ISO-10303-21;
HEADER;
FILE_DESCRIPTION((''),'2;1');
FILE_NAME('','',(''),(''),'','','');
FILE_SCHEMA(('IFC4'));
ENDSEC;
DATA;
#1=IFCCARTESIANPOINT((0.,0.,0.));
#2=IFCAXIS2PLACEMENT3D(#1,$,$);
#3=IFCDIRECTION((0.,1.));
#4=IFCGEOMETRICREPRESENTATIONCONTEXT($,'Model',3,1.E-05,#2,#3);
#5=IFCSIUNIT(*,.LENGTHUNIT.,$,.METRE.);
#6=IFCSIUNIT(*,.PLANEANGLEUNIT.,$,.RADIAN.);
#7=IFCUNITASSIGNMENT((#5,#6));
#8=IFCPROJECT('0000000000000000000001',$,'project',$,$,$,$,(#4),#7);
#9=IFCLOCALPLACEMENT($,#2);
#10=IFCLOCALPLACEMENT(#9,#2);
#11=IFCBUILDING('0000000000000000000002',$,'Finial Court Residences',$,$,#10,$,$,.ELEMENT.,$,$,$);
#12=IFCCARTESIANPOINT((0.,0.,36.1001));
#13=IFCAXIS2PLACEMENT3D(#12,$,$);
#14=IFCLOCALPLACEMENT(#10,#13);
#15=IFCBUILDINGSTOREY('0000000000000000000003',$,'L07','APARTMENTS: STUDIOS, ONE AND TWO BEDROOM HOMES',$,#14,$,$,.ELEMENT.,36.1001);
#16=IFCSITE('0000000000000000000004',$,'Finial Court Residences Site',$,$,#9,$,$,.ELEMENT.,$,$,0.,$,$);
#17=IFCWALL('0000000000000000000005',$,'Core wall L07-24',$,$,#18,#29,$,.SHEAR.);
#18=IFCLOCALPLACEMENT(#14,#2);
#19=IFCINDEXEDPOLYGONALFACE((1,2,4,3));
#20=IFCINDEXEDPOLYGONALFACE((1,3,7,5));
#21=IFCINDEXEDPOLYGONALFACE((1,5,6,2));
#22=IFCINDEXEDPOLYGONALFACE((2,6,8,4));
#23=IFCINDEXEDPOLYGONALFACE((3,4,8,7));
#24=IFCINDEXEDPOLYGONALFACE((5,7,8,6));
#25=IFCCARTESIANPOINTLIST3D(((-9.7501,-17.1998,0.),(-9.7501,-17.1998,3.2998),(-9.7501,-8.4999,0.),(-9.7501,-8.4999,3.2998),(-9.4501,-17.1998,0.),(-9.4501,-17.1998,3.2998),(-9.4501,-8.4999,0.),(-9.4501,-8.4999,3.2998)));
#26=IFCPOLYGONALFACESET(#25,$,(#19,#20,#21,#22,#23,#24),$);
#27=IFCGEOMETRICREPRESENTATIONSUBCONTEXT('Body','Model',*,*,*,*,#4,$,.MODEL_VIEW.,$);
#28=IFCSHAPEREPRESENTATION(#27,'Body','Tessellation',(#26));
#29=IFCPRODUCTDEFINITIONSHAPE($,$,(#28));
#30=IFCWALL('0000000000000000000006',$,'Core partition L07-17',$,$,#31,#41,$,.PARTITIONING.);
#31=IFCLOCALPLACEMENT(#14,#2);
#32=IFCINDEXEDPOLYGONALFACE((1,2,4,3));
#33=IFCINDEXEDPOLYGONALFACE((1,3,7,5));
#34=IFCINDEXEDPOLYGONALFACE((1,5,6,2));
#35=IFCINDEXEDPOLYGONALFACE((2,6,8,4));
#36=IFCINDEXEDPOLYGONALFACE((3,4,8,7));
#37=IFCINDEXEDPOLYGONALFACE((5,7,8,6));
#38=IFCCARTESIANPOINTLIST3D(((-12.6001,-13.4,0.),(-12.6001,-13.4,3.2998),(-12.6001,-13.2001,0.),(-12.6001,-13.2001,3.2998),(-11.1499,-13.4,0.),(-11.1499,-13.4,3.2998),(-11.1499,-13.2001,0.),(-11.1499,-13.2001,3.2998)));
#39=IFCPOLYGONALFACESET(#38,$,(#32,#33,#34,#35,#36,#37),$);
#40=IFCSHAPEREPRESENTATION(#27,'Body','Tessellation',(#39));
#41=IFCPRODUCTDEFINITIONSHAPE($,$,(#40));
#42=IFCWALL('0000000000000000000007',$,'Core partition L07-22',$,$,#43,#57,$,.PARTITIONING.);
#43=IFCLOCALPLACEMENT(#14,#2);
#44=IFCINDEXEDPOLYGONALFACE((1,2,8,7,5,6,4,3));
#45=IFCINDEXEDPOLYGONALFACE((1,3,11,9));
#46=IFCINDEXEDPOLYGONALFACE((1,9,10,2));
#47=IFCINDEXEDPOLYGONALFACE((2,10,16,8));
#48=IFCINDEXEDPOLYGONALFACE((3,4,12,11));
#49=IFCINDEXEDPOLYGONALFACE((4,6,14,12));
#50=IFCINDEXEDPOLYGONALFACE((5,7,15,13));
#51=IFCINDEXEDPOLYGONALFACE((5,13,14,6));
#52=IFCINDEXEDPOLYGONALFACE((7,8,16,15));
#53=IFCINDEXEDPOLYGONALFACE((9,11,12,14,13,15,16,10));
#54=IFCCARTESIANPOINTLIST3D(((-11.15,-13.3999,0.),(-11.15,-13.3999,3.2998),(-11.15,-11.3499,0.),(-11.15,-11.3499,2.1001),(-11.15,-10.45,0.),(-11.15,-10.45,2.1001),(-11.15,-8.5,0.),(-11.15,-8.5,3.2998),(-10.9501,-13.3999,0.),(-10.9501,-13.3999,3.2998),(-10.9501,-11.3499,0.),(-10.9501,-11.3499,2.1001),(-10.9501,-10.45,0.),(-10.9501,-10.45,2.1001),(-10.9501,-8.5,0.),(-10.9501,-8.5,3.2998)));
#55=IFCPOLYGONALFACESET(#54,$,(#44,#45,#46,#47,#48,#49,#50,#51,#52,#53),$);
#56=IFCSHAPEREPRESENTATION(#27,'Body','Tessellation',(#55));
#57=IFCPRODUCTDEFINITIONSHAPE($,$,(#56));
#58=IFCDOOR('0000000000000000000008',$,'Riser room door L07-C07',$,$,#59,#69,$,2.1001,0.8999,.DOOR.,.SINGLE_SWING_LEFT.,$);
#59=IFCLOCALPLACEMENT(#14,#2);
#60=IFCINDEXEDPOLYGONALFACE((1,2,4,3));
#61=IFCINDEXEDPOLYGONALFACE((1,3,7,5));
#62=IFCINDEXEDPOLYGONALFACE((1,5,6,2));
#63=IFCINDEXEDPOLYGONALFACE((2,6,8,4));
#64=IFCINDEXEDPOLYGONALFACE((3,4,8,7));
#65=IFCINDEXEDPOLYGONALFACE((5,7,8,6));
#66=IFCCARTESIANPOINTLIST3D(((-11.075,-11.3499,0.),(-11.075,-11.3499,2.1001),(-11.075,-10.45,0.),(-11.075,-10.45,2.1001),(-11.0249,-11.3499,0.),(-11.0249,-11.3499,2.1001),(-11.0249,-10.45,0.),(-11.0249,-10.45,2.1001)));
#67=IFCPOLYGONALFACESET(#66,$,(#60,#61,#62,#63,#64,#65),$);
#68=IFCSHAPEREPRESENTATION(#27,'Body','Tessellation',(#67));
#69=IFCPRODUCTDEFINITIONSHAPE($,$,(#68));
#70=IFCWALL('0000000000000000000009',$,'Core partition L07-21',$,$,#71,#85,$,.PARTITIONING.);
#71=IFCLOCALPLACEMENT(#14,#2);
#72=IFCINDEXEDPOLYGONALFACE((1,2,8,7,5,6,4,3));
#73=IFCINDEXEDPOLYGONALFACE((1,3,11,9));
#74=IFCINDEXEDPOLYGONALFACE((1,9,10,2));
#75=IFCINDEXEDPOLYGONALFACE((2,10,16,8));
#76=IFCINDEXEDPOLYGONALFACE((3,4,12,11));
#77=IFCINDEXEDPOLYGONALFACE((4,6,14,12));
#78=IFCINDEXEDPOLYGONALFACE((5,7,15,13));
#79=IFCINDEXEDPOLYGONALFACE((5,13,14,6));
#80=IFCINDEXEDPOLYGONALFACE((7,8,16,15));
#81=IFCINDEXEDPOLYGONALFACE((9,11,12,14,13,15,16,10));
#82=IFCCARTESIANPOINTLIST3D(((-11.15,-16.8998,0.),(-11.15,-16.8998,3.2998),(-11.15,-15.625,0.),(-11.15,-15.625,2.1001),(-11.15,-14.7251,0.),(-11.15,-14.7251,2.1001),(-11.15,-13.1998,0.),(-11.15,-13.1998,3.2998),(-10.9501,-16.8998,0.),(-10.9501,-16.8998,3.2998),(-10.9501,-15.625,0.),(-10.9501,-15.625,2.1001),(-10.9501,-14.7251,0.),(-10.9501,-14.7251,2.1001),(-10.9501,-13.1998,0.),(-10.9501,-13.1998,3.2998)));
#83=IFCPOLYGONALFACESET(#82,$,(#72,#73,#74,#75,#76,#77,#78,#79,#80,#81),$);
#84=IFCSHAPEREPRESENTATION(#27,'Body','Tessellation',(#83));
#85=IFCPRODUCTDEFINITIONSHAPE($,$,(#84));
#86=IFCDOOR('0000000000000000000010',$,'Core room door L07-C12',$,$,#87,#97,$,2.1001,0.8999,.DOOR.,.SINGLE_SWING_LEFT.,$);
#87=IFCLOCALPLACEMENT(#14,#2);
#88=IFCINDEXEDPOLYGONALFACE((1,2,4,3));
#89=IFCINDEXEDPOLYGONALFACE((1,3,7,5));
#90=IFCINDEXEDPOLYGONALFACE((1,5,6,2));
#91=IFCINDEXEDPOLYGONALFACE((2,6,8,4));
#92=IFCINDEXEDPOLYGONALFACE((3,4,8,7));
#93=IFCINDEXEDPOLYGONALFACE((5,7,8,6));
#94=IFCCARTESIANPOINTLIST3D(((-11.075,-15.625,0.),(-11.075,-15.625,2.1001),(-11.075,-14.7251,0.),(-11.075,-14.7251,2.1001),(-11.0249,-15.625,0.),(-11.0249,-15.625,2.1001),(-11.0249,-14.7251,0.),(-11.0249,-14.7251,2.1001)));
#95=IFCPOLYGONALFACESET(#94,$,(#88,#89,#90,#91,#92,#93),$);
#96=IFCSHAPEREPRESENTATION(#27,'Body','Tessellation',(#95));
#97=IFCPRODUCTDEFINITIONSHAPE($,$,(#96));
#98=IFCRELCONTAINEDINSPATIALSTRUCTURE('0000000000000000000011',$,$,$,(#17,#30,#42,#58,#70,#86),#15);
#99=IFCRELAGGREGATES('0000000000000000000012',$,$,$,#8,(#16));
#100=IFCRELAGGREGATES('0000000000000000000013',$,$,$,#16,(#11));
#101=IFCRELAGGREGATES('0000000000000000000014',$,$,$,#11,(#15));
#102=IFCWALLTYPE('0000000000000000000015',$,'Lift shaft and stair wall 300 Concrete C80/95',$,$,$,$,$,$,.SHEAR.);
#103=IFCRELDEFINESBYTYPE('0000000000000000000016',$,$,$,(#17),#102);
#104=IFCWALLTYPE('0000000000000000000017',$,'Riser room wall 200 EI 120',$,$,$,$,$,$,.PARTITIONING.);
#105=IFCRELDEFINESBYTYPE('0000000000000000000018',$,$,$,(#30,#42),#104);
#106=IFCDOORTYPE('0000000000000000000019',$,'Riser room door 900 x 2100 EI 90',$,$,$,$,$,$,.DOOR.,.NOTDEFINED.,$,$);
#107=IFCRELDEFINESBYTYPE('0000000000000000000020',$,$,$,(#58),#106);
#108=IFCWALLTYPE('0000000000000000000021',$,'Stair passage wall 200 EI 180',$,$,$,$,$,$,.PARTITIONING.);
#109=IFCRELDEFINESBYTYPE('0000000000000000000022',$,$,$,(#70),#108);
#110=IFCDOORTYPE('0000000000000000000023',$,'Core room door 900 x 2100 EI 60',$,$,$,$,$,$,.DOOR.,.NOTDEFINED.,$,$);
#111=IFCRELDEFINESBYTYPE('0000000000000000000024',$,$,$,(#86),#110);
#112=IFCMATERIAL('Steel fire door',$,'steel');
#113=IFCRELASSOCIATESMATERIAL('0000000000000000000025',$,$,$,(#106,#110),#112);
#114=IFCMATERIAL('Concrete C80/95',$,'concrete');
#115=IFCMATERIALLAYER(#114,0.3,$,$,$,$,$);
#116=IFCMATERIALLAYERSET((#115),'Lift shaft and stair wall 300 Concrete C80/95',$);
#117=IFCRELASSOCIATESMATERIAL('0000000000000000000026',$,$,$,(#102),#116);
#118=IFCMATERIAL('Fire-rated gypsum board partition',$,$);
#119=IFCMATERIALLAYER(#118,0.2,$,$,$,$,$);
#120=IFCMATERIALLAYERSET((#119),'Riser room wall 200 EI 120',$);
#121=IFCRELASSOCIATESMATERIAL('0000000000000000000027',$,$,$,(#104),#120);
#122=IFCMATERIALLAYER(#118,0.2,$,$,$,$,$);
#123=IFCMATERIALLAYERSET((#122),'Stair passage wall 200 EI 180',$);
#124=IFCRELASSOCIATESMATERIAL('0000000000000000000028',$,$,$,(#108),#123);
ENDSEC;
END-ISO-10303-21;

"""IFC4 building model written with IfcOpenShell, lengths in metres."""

from ifc_helpers import new_model, si_unit, direction, frame, frame_2d, origin, place, context, subcontext, project, spatial, rectangle, extrude, material, layer, layer_set, type_object, element, fill, save


model = new_model("IFC4")

# Units and contexts
model_context = context("Model", 3, precision=1e-05, world=origin(), true_north=direction((0.0, 1.0)))
body_context = subcontext(model_context, "Body", "Model", "MODEL_VIEW")
ifc_project = project(units=[si_unit("LENGTHUNIT", "METRE"), si_unit("PLANEANGLEUNIT", "RADIAN")], contexts=[model_context])

# Site, building, storey
site_placement = place(None, origin())
site = spatial("IfcSite", under=ifc_project, at=site_placement, Name="Finial Court Residences Site", CompositionType="ELEMENT", RefElevation=0.0)
building_placement = place(site_placement, origin())
building = spatial("IfcBuilding", under=site, at=building_placement, Name="Finial Court Residences", CompositionType="ELEMENT")
storey_placement = place(building_placement, frame((0.0, 0.0, 36.1001)))
storey = spatial("IfcBuildingStorey", under=building, at=storey_placement, Name="L07", Description="APARTMENTS: STUDIOS, ONE AND TWO BEDROOM HOMES", CompositionType="ELEMENT", Elevation=36.1001)

# Shared definitions
ifc_material_1 = material(Name="Concrete C80/95", Category="concrete")

# Shared definitions
ifc_material_2 = material(Name="Steel fire door", Category="steel")
door_type_1 = type_object("IfcDoorType", Name="Riser room door 900 x 2100 EI 90", OperationType="NOTDEFINED", PredefinedType="DOOR", material=ifc_material_2)

# Walls
ifc_layer_1 = layer(ifc_material_1, 0.3)
ifc_layer_set_1 = layer_set([ifc_layer_1], Name="Lift shaft and stair wall 300 Concrete C80/95")
wall_type_1 = type_object("IfcWallType", Name="Lift shaft and stair wall 300 Concrete C80/95", PredefinedType="SHEAR", material=ifc_layer_set_1)
wall_1_placement = place(storey_placement, frame((-9.6001, -17.2, 0.0), z_axis=(0.0, 0.0, 1.0), x_axis=(0.0, 1.0, 0.0)))
element("IfcWall", 1, at=wall_1_placement, inside=storey, type_object=wall_type_1, Name="Core wall L07-24", PredefinedType="SHEAR", context=body_context, shape_type="SweptSolid", body=[
    extrude(rectangle(XDim=8.7, YDim=0.3, at=frame_2d((4.3501, 0.0))), origin(), (0.0, 0.0, 1.0), 3.2998),
])
ifc_material_3 = material(Name="Fire-rated gypsum board partition")
ifc_layer_2 = layer(ifc_material_3, 0.2)
ifc_layer_set_2 = layer_set([ifc_layer_2], Name="Riser room wall 200 EI 120")
wall_type_2 = type_object("IfcWallType", Name="Riser room wall 200 EI 120", PredefinedType="PARTITIONING", material=ifc_layer_set_2)
wall_2_placement = place(storey_placement, frame((-12.6001, -13.3, 0.0), z_axis=(0.0, 0.0, 1.0), x_axis=(1.0, 0.0, 0.0)))
element("IfcWall", 2, at=wall_2_placement, inside=storey, type_object=wall_type_2, Name="Core partition L07-17", PredefinedType="PARTITIONING", context=body_context, shape_type="SweptSolid", body=[
    extrude(rectangle(XDim=1.4502, YDim=0.2, at=frame_2d((0.7251, 0.0))), origin(), (0.0, 0.0, 1.0), 3.2998),
])

# Walls, openings, doors
wall_3_placement = place(storey_placement, frame((-11.05, -13.3999, 0.0), z_axis=(0.0, 0.0, 1.0), x_axis=(0.0, 1.0, 0.0)))
wall_3 = element("IfcWall", 3, at=wall_3_placement, inside=storey, type_object=wall_type_2, Name="Core partition L07-22", PredefinedType="PARTITIONING", context=body_context, shape_type="SweptSolid", body=[
    extrude(rectangle(XDim=4.8999, YDim=0.2, at=frame_2d((2.45, 0.0))), origin(), (0.0, 0.0, 1.0), 3.2998),
])
opening_1_placement = place(wall_3_placement, frame((2.05, 0.0, 0.0)))
opening_1 = element("IfcOpeningElement", 4, at=opening_1_placement, cuts=wall_3, PredefinedType="OPENING", context=body_context, shape_type="SweptSolid", body=[
    extrude(rectangle(XDim=0.8999, YDim=2.1001, at=frame_2d((0.45, 1.05))), frame((0.0, 0.1099, 0.0), z_axis=(0.0, -1.0, 0.0), x_axis=(1.0, 0.0, 0.0)), (0.0, 0.0, 1.0), 0.22),
])
door_1_placement = place(opening_1_placement, origin())
door_1 = element("IfcDoor", 5, at=door_1_placement, inside=storey, type_object=door_type_1, Name="Riser room door L07-C07", OperationType="SINGLE_SWING_LEFT", OverallHeight=2.1001, OverallWidth=0.8999, PredefinedType="DOOR", context=body_context, shape_type="SweptSolid", body=[
    extrude(rectangle(XDim=0.8999, YDim=2.1001, at=frame_2d((0.45, 1.05))), frame((0.0, 0.0249, 0.0), z_axis=(0.0, -1.0, 0.0), x_axis=(1.0, 0.0, 0.0)), (0.0, 0.0, 1.0), 0.05),
])
fill(opening_1, door_1)
ifc_layer_3 = layer(ifc_material_3, 0.2)
ifc_layer_set_3 = layer_set([ifc_layer_3], Name="Stair passage wall 200 EI 180")
wall_type_3 = type_object("IfcWallType", Name="Stair passage wall 200 EI 180", PredefinedType="PARTITIONING", material=ifc_layer_set_3)
wall_4_placement = place(storey_placement, frame((-11.05, -16.8999, 0.0), z_axis=(0.0, 0.0, 1.0), x_axis=(0.0, 1.0, 0.0)))
wall_4 = element("IfcWall", 6, at=wall_4_placement, inside=storey, type_object=wall_type_3, Name="Core partition L07-21", PredefinedType="PARTITIONING", context=body_context, shape_type="SweptSolid", body=[
    extrude(rectangle(XDim=3.7, YDim=0.2, at=frame_2d((1.8501, 0.0))), origin(), (0.0, 0.0, 1.0), 3.2998),
])
opening_2_placement = place(wall_4_placement, frame((1.2749, 0.0, 0.0)))
opening_2 = element("IfcOpeningElement", 7, at=opening_2_placement, cuts=wall_4, PredefinedType="OPENING", context=body_context, shape_type="SweptSolid", body=[
    extrude(rectangle(XDim=0.8999, YDim=2.1001, at=frame_2d((0.45, 1.05))), frame((0.0, 0.1099, 0.0), z_axis=(0.0, -1.0, 0.0), x_axis=(1.0, 0.0, 0.0)), (0.0, 0.0, 1.0), 0.22),
])
door_type_2 = type_object("IfcDoorType", Name="Core room door 900 x 2100 EI 60", OperationType="NOTDEFINED", PredefinedType="DOOR", material=ifc_material_2)
door_2_placement = place(opening_2_placement, origin())
door_2 = element("IfcDoor", 8, at=door_2_placement, inside=storey, type_object=door_type_2, Name="Core room door L07-C12", OperationType="SINGLE_SWING_LEFT", OverallHeight=2.1001, OverallWidth=0.8999, PredefinedType="DOOR", context=body_context, shape_type="SweptSolid", body=[
    extrude(rectangle(XDim=0.8999, YDim=2.1001, at=frame_2d((0.45, 1.05))), frame((0.0, 0.0249, 0.0), z_axis=(0.0, -1.0, 0.0), x_axis=(1.0, 0.0, 0.0)), (0.0, 0.0, 1.0), 0.05),
])
fill(opening_2, door_2)

save(model, "model.ifc")
